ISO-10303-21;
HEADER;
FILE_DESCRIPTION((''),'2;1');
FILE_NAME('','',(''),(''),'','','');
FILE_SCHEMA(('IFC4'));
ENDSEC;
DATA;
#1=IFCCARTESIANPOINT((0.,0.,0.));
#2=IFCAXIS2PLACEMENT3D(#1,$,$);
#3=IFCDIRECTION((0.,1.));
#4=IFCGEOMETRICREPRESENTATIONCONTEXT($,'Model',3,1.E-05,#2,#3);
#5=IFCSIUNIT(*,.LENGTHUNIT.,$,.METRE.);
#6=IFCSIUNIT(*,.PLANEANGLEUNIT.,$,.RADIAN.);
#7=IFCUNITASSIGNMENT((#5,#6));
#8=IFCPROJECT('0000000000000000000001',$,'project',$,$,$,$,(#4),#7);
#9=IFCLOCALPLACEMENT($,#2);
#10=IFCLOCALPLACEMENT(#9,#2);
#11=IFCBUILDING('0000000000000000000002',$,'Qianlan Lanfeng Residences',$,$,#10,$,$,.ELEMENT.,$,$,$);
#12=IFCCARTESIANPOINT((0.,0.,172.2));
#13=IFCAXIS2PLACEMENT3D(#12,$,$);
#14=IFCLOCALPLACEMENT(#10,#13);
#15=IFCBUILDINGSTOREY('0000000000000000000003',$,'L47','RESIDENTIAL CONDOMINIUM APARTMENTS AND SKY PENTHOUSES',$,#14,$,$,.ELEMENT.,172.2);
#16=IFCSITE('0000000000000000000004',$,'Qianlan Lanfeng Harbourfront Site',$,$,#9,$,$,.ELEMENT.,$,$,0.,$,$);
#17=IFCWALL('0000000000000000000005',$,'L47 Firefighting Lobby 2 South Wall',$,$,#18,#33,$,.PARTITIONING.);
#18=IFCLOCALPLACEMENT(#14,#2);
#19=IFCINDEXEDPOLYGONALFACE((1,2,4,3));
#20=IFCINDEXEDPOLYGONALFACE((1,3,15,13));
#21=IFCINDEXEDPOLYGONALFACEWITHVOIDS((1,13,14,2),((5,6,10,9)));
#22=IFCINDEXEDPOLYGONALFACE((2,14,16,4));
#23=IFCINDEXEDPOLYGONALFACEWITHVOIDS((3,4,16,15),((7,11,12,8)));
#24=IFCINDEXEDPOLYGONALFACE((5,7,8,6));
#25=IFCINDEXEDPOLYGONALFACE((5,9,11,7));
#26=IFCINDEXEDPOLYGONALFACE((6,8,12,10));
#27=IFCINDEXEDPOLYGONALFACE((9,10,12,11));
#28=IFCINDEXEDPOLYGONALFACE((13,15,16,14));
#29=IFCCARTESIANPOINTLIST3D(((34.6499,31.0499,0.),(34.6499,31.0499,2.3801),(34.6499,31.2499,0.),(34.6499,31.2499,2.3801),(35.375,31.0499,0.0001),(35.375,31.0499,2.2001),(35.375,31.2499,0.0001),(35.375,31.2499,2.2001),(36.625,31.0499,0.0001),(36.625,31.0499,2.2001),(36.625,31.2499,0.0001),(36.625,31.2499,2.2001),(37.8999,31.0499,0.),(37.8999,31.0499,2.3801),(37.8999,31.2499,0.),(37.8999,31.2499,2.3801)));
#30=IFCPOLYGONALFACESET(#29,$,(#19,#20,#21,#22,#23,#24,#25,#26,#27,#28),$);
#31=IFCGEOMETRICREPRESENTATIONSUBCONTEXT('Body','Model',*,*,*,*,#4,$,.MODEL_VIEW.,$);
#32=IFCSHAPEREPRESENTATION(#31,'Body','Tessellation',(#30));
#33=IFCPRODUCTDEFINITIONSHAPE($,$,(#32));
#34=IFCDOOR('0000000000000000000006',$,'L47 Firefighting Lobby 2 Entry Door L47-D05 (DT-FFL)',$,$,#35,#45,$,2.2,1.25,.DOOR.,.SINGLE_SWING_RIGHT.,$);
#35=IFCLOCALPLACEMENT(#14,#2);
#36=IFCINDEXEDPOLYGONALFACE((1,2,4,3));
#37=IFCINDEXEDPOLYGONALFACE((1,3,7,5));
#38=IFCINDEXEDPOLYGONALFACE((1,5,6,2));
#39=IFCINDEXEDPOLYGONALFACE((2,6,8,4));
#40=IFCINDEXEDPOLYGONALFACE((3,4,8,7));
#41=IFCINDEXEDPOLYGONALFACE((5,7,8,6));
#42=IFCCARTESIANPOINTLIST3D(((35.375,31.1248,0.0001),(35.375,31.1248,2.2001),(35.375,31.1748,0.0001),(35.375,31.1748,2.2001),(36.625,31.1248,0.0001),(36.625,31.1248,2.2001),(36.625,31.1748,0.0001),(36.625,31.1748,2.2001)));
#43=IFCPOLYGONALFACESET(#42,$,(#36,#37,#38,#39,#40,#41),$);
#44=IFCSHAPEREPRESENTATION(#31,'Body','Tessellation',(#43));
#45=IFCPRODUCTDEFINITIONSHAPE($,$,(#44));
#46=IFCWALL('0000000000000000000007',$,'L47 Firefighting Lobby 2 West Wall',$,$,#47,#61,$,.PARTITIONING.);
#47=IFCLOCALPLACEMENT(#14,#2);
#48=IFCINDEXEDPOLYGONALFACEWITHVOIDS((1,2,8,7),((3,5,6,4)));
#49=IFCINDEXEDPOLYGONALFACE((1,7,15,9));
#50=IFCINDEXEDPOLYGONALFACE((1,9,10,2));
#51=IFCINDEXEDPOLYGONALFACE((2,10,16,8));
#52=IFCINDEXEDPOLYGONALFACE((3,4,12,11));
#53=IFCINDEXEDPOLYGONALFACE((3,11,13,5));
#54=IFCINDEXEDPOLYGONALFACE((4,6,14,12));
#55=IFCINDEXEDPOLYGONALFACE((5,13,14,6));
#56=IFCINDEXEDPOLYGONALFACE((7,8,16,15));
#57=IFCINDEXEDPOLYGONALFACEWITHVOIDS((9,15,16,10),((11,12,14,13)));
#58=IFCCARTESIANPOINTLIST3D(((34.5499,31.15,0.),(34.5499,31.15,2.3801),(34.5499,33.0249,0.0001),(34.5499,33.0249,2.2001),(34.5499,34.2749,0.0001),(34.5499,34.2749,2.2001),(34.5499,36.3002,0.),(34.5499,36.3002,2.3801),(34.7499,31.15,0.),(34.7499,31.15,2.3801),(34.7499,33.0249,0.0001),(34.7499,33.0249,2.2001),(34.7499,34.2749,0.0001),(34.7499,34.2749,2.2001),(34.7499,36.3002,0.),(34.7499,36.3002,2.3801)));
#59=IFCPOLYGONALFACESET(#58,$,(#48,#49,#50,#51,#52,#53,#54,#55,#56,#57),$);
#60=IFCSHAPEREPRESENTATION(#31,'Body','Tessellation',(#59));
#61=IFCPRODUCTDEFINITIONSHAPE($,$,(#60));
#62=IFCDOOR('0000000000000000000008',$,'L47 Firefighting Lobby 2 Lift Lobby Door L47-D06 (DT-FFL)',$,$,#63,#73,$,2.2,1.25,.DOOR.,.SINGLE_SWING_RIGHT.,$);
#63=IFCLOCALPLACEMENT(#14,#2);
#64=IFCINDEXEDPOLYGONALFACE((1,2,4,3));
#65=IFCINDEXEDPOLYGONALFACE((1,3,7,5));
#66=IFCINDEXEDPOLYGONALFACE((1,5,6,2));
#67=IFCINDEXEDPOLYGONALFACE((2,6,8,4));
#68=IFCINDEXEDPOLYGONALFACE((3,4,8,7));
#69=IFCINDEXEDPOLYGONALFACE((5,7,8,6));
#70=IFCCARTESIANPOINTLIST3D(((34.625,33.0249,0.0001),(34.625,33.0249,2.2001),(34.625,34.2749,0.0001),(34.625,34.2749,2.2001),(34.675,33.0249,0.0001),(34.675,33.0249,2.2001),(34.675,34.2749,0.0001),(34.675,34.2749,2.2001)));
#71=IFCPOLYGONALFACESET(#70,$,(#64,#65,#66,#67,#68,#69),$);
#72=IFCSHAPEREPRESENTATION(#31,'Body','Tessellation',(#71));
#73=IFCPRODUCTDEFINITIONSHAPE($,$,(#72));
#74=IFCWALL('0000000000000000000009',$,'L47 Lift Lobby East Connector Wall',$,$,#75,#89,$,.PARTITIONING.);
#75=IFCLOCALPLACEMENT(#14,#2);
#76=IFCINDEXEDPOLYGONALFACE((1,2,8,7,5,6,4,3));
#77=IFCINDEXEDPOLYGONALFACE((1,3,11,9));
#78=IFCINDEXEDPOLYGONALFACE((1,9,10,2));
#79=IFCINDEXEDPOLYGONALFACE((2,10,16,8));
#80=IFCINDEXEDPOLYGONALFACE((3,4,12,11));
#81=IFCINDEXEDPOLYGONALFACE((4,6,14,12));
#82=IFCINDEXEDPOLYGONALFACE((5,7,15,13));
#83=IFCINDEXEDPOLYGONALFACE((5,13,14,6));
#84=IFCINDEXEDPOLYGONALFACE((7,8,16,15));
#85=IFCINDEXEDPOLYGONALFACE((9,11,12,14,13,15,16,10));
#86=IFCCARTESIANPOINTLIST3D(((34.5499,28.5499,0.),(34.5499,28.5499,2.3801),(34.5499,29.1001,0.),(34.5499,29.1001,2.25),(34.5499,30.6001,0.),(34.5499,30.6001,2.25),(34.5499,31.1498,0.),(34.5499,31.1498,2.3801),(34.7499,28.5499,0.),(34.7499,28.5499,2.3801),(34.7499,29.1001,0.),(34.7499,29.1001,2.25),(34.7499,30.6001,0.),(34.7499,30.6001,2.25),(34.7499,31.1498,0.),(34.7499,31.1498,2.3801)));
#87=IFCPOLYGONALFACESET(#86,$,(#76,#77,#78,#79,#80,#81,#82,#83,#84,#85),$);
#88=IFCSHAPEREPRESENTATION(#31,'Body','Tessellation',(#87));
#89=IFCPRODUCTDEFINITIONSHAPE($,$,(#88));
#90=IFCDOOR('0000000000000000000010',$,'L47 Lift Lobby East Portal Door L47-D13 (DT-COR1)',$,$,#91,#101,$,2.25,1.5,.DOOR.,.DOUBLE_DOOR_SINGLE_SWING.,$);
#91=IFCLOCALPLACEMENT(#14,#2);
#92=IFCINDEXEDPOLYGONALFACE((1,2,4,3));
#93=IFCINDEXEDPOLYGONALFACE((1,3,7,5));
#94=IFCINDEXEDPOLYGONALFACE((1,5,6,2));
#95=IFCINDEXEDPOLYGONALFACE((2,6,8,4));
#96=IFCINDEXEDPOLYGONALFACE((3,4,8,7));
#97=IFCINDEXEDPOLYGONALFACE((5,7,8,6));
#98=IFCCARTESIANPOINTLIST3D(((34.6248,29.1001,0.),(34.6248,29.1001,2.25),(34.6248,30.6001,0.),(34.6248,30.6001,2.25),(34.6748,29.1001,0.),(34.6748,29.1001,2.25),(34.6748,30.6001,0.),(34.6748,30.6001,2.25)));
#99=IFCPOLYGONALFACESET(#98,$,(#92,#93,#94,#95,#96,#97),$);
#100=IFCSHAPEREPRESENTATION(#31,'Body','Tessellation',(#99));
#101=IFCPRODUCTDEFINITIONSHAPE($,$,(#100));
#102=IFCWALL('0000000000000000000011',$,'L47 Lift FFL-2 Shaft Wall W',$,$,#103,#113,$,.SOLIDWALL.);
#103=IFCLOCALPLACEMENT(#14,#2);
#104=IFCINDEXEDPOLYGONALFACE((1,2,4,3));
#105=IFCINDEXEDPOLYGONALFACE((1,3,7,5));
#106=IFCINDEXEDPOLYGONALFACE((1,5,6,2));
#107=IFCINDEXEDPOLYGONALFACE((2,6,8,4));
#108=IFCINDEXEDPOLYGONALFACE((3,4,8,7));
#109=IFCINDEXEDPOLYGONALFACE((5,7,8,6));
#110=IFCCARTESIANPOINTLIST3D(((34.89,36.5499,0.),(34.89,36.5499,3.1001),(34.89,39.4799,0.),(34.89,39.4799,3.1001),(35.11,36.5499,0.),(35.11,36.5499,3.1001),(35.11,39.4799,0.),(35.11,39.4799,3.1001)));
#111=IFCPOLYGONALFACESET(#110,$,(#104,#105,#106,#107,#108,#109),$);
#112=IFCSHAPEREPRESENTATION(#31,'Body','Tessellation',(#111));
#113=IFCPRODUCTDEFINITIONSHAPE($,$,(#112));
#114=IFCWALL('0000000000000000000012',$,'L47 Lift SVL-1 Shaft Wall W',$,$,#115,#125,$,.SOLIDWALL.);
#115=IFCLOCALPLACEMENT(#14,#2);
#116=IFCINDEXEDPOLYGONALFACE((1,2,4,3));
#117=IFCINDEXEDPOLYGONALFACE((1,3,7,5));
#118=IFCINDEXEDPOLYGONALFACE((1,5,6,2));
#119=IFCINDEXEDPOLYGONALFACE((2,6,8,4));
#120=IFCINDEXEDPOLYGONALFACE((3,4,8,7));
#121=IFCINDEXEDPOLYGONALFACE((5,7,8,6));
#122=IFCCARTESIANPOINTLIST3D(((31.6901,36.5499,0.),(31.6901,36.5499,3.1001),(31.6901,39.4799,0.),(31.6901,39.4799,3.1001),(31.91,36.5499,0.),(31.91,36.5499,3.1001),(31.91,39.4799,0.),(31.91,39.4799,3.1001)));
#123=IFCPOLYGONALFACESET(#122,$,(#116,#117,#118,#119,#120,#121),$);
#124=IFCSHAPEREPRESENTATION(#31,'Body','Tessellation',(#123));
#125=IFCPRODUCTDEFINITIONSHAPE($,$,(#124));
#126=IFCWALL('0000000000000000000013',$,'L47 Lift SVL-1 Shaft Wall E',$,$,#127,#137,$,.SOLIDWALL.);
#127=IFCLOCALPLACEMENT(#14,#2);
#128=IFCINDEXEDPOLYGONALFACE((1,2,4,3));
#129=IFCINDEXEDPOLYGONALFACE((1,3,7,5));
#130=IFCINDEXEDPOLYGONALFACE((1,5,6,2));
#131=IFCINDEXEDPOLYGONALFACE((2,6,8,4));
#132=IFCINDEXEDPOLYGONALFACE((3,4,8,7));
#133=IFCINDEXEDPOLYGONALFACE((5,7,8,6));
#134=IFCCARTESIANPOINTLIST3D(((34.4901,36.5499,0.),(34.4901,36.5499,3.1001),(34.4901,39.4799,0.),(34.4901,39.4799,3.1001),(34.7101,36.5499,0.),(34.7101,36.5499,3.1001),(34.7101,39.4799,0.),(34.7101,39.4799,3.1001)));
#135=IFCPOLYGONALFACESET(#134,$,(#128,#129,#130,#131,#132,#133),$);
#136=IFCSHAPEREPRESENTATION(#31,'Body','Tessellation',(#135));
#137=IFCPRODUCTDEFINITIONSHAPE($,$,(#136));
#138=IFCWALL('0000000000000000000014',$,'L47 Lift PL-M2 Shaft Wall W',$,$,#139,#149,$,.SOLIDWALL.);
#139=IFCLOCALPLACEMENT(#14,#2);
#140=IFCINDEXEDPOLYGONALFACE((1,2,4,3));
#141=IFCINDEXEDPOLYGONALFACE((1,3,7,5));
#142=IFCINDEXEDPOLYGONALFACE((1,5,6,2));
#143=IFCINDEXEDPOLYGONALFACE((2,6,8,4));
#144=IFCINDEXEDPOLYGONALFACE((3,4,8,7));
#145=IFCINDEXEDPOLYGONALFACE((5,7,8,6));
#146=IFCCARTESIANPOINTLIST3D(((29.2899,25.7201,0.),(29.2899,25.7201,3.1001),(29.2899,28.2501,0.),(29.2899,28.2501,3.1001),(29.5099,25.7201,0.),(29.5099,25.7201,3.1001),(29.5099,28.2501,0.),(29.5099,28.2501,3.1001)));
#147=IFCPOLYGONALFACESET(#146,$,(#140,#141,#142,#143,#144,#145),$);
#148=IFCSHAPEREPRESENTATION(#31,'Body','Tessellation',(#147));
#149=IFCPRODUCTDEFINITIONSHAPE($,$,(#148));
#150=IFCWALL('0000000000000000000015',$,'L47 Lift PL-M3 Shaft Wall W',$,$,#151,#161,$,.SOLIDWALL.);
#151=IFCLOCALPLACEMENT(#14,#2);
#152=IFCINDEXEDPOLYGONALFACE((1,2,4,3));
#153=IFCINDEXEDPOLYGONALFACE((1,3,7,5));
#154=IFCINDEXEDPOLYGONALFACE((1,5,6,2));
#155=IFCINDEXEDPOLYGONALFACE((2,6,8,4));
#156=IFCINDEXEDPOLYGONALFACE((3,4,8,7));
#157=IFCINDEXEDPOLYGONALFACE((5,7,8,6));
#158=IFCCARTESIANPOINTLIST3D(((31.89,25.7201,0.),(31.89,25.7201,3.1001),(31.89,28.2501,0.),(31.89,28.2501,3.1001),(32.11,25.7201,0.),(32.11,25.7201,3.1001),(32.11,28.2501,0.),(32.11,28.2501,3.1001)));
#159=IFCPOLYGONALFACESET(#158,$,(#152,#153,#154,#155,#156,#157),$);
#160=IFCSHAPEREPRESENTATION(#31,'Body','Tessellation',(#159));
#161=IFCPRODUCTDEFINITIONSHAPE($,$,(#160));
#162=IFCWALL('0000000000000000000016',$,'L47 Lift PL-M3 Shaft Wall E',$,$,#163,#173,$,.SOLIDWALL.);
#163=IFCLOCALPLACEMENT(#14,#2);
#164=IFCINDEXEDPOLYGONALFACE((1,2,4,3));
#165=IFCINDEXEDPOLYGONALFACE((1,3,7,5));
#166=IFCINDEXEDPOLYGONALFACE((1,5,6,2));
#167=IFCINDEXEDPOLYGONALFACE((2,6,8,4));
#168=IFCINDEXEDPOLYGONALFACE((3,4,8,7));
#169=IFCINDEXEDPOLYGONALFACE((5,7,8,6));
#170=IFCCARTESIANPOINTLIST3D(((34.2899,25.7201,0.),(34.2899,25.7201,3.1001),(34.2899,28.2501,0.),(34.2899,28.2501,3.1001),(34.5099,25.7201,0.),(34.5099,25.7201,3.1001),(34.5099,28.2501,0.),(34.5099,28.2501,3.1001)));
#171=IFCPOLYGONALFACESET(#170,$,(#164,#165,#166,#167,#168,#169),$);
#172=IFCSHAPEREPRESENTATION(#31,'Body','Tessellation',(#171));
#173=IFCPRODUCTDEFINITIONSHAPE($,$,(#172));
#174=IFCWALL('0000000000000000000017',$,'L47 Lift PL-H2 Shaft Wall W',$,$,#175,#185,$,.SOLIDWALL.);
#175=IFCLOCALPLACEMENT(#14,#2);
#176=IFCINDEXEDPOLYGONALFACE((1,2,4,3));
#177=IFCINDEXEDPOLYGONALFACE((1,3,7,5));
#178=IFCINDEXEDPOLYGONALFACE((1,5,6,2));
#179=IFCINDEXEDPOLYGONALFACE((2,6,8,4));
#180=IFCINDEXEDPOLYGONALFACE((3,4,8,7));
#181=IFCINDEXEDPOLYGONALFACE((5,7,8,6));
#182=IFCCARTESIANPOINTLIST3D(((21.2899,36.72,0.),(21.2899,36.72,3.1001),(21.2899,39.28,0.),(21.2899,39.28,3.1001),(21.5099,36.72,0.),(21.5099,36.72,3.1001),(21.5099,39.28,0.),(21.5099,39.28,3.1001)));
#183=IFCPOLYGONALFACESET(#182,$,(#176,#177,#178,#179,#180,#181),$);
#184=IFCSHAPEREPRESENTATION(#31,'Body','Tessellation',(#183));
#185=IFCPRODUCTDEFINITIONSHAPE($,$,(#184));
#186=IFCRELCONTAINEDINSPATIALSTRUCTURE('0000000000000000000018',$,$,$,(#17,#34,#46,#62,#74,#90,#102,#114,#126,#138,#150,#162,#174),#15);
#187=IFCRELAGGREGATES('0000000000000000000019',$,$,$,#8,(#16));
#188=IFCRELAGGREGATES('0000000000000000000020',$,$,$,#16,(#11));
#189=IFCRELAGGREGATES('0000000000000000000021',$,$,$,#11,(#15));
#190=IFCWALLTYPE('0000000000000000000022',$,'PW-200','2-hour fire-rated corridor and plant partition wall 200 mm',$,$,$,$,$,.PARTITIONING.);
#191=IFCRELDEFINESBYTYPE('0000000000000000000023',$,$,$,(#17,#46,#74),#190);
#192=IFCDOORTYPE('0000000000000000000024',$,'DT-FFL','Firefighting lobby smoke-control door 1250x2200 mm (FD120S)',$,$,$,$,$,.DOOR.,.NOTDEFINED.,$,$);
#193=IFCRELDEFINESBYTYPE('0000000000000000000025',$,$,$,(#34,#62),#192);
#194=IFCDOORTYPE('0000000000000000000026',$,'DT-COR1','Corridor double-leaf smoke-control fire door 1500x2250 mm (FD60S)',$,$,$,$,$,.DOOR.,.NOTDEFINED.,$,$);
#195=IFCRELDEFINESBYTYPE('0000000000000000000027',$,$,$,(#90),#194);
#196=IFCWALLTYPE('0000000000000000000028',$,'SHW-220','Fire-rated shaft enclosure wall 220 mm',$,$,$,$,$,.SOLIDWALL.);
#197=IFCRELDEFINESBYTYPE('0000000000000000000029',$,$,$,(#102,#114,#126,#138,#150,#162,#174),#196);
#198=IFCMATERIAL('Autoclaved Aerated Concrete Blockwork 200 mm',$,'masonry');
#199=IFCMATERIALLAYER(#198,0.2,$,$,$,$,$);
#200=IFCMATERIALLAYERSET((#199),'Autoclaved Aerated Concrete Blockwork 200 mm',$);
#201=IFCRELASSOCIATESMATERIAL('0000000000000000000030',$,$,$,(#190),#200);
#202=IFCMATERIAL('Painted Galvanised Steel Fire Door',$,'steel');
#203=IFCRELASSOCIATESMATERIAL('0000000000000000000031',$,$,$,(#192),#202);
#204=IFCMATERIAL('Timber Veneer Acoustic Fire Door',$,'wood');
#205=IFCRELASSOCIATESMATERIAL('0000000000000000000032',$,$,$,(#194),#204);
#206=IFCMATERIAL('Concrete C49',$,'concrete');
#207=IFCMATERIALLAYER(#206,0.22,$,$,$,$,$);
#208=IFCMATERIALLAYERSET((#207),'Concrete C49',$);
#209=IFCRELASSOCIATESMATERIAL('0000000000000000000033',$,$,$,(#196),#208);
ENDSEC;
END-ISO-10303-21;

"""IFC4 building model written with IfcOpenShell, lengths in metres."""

from ifc_helpers import new_model, si_unit, direction, frame, frame_2d, origin, place, context, subcontext, project, spatial, rectangle, extrude, material, layer, layer_set, type_object, element, fill, save


model = new_model("IFC4")

# Units and contexts
model_context = context("Model", 3, precision=1e-05, world=origin(), true_north=direction((0.0, 1.0)))
body_context = subcontext(model_context, "Body", "Model", "MODEL_VIEW")
ifc_project = project(units=[si_unit("LENGTHUNIT", "METRE"), si_unit("PLANEANGLEUNIT", "RADIAN")], contexts=[model_context])

# Site, building, storey
site_placement = place(None, origin())
site = spatial("IfcSite", under=ifc_project, at=site_placement, Name="Qianlan Lanfeng Harbourfront Site", CompositionType="ELEMENT", RefElevation=0.0)
building_placement = place(site_placement, origin())
building = spatial("IfcBuilding", under=site, at=building_placement, Name="Qianlan Lanfeng Residences", CompositionType="ELEMENT")
storey_placement = place(building_placement, frame((0.0, 0.0, 172.2)))
storey = spatial("IfcBuildingStorey", under=building, at=storey_placement, Name="L47", Description="RESIDENTIAL CONDOMINIUM APARTMENTS AND SKY PENTHOUSES", CompositionType="ELEMENT", Elevation=172.2)

# Walls, openings, doors
ifc_material_1 = material(Name="Autoclaved Aerated Concrete Blockwork 200 mm", Category="masonry")
ifc_layer_1 = layer(ifc_material_1, 0.2)
ifc_layer_set_1 = layer_set([ifc_layer_1], Name="Autoclaved Aerated Concrete Blockwork 200 mm")
wall_type_1 = type_object("IfcWallType", Name="PW-200", Description="2-hour fire-rated corridor and plant partition wall 200 mm", PredefinedType="PARTITIONING", material=ifc_layer_set_1)
wall_1_placement = place(storey_placement, frame((34.6499, 31.1499, 0.0), z_axis=(0.0, 0.0, 1.0), x_axis=(1.0, 0.0, 0.0)))
wall_1 = element("IfcWall", 1, at=wall_1_placement, inside=storey, type_object=wall_type_1, Name="L47 Firefighting Lobby 2 South Wall", PredefinedType="PARTITIONING", context=body_context, shape_type="SweptSolid", body=[
    extrude(rectangle(XDim=3.25, YDim=0.2, at=frame_2d((1.625, 0.0))), origin(), (0.0, 0.0, 1.0), 2.3801),
])
opening_1_placement = place(wall_1_placement, frame((0.7251, 0.0, 0.0)))
opening_1 = element("IfcOpeningElement", 2, at=opening_1_placement, cuts=wall_1, PredefinedType="OPENING", context=body_context, shape_type="SweptSolid", body=[
    extrude(rectangle(XDim=1.25, YDim=2.2, at=frame_2d((0.625, 1.1001))), frame((0.0, 0.1099, 0.0), z_axis=(0.0, -1.0, 0.0), x_axis=(1.0, 0.0, 0.0)), (0.0, 0.0, 1.0), 0.22),
])
ifc_material_2 = material(Name="Painted Galvanised Steel Fire Door", Category="steel")
door_type_1 = type_object("IfcDoorType", Name="DT-FFL", Description="Firefighting lobby smoke-control door 1250x2200 mm (FD120S)", OperationType="NOTDEFINED", PredefinedType="DOOR", material=ifc_material_2)
door_1_placement = place(opening_1_placement, origin())
door_1 = element("IfcDoor", 3, at=door_1_placement, inside=storey, type_object=door_type_1, Name="L47 Firefighting Lobby 2 Entry Door L47-D05 (DT-FFL)", OperationType="SINGLE_SWING_RIGHT", OverallHeight=2.2, OverallWidth=1.25, PredefinedType="DOOR", context=body_context, shape_type="SweptSolid", body=[
    extrude(rectangle(XDim=1.25, YDim=2.2, at=frame_2d((0.625, 1.1001))), frame((0.0, 0.0249, 0.0), z_axis=(0.0, -1.0, 0.0), x_axis=(1.0, 0.0, 0.0)), (0.0, 0.0, 1.0), 0.05),
])
fill(opening_1, door_1)
wall_2_placement = place(storey_placement, frame((34.6499, 31.1499, 0.0), z_axis=(0.0, 0.0, 1.0), x_axis=(0.0, 1.0, 0.0)))
wall_2 = element("IfcWall", 4, at=wall_2_placement, inside=storey, type_object=wall_type_1, Name="L47 Firefighting Lobby 2 West Wall", PredefinedType="PARTITIONING", context=body_context, shape_type="SweptSolid", body=[
    extrude(rectangle(XDim=5.1501, YDim=0.2, at=frame_2d((2.5752, 0.0))), origin(), (0.0, 0.0, 1.0), 2.3801),
])
opening_2_placement = place(wall_2_placement, frame((1.875, 0.0, 0.0)))
opening_2 = element("IfcOpeningElement", 5, at=opening_2_placement, cuts=wall_2, PredefinedType="OPENING", context=body_context, shape_type="SweptSolid", body=[
    extrude(rectangle(XDim=1.25, YDim=2.2, at=frame_2d((0.625, 1.1001))), frame((0.0, 0.1099, 0.0), z_axis=(0.0, -1.0, 0.0), x_axis=(1.0, 0.0, 0.0)), (0.0, 0.0, 1.0), 0.22),
])
door_2_placement = place(opening_2_placement, origin())
door_2 = element("IfcDoor", 6, at=door_2_placement, inside=storey, type_object=door_type_1, Name="L47 Firefighting Lobby 2 Lift Lobby Door L47-D06 (DT-FFL)", OperationType="SINGLE_SWING_RIGHT", OverallHeight=2.2, OverallWidth=1.25, PredefinedType="DOOR", context=body_context, shape_type="SweptSolid", body=[
    extrude(rectangle(XDim=1.25, YDim=2.2, at=frame_2d((0.625, 1.1001))), frame((0.0, 0.0249, 0.0), z_axis=(0.0, -1.0, 0.0), x_axis=(1.0, 0.0, 0.0)), (0.0, 0.0, 1.0), 0.05),
])
fill(opening_2, door_2)
wall_3_placement = place(storey_placement, frame((34.6499, 28.55, 0.0), z_axis=(0.0, 0.0, 1.0), x_axis=(0.0, 1.0, 0.0)))
wall_3 = element("IfcWall", 7, at=wall_3_placement, inside=storey, type_object=wall_type_1, Name="L47 Lift Lobby East Connector Wall", PredefinedType="PARTITIONING", context=body_context, shape_type="SweptSolid", body=[
    extrude(rectangle(XDim=2.5999, YDim=0.2, at=frame_2d((1.2998, 0.0))), origin(), (0.0, 0.0, 1.0), 2.3801),
])
opening_3_placement = place(wall_3_placement, frame((0.55, 0.0, 0.0)))
opening_3 = element("IfcOpeningElement", 8, at=opening_3_placement, cuts=wall_3, PredefinedType="OPENING", context=body_context, shape_type="SweptSolid", body=[
    extrude(rectangle(XDim=1.5, YDim=2.25, at=frame_2d((0.75, 1.125))), frame((0.0, 0.1099, 0.0), z_axis=(0.0, -1.0, 0.0), x_axis=(1.0, 0.0, 0.0)), (0.0, 0.0, 1.0), 0.22),
])
ifc_material_3 = material(Name="Timber Veneer Acoustic Fire Door", Category="wood")
door_type_2 = type_object("IfcDoorType", Name="DT-COR1", Description="Corridor double-leaf smoke-control fire door 1500x2250 mm (FD60S)", OperationType="NOTDEFINED", PredefinedType="DOOR", material=ifc_material_3)
door_3_placement = place(opening_3_placement, frame((1.5, 0.0, 0.0), z_axis=(0.0, 0.0, 1.0), x_axis=(-1.0, 0.0, 0.0)))
door_3 = element("IfcDoor", 9, at=door_3_placement, inside=storey, type_object=door_type_2, Name="L47 Lift Lobby East Portal Door L47-D13 (DT-COR1)", OperationType="DOUBLE_DOOR_SINGLE_SWING", OverallHeight=2.25, OverallWidth=1.5, PredefinedType="DOOR", context=body_context, shape_type="SweptSolid", body=[
    extrude(rectangle(XDim=1.5, YDim=2.25, at=frame_2d((0.75, 1.125))), frame((0.0, 0.0249, 0.0), z_axis=(0.0, -1.0, 0.0), x_axis=(1.0, 0.0, 0.0)), (0.0, 0.0, 1.0), 0.05),
])
fill(opening_3, door_3)

# Walls
ifc_material_4 = material(Name="Concrete C49", Category="concrete")
ifc_layer_2 = layer(ifc_material_4, 0.22)
ifc_layer_set_2 = layer_set([ifc_layer_2], Name="Concrete C49")
wall_type_2 = type_object("IfcWallType", Name="SHW-220", Description="Fire-rated shaft enclosure wall 220 mm", PredefinedType="SOLIDWALL", material=ifc_layer_set_2)
for number, where, z_axis, x_axis, name in (
    (10, (35.0, 36.55, 0.0), (0.0, 0.0, 1.0), (0.0, 1.0, 0.0), "L47 Lift FFL-2 Shaft Wall W"),
    (11, (31.8, 36.55, 0.0), (0.0, 0.0, 1.0), (0.0, 1.0, 0.0), "L47 Lift SVL-1 Shaft Wall W"),
    (12, (34.6001, 36.55, 0.0), (0.0, 0.0, 1.0), (0.0, 1.0, 0.0), "L47 Lift SVL-1 Shaft Wall E"),
):
    element("IfcWall", number, at=place(storey_placement, frame(where, z_axis=z_axis, x_axis=x_axis)), inside=storey, type_object=wall_type_2, Name=name, PredefinedType="SOLIDWALL", context=body_context, shape_type="SweptSolid", body=[
        extrude(rectangle(XDim=2.9299, YDim=0.22, at=frame_2d((1.4648, 0.0))), origin(), (0.0, 0.0, 1.0), 3.1001),
    ])
for number, where, z_axis, x_axis, name in (
    (13, (29.3999, 25.72, 0.0), (0.0, 0.0, 1.0), (0.0, 1.0, 0.0), "L47 Lift PL-M2 Shaft Wall W"),
    (14, (32.0, 25.72, 0.0), (0.0, 0.0, 1.0), (0.0, 1.0, 0.0), "L47 Lift PL-M3 Shaft Wall W"),
    (15, (34.3999, 25.72, 0.0), (0.0, 0.0, 1.0), (0.0, 1.0, 0.0), "L47 Lift PL-M3 Shaft Wall E"),
):
    element("IfcWall", number, at=place(storey_placement, frame(where, z_axis=z_axis, x_axis=x_axis)), inside=storey, type_object=wall_type_2, Name=name, PredefinedType="SOLIDWALL", context=body_context, shape_type="SweptSolid", body=[
        extrude(rectangle(XDim=2.53, YDim=0.22, at=frame_2d((1.2651, 0.0))), origin(), (0.0, 0.0, 1.0), 3.1001),
    ])
for number, where, z_axis, x_axis, name in (
    (16, (21.3999, 36.72, 0.0), (0.0, 0.0, 1.0), (0.0, 1.0, 0.0), "L47 Lift PL-H2 Shaft Wall W"),
):
    element("IfcWall", number, at=place(storey_placement, frame(where, z_axis=z_axis, x_axis=x_axis)), inside=storey, type_object=wall_type_2, Name=name, PredefinedType="SOLIDWALL", context=body_context, shape_type="SweptSolid", body=[
        extrude(rectangle(XDim=2.5601, YDim=0.22, at=frame_2d((1.28, 0.0))), origin(), (0.0, 0.0, 1.0), 3.1001),
    ])

save(model, "model.ifc")
